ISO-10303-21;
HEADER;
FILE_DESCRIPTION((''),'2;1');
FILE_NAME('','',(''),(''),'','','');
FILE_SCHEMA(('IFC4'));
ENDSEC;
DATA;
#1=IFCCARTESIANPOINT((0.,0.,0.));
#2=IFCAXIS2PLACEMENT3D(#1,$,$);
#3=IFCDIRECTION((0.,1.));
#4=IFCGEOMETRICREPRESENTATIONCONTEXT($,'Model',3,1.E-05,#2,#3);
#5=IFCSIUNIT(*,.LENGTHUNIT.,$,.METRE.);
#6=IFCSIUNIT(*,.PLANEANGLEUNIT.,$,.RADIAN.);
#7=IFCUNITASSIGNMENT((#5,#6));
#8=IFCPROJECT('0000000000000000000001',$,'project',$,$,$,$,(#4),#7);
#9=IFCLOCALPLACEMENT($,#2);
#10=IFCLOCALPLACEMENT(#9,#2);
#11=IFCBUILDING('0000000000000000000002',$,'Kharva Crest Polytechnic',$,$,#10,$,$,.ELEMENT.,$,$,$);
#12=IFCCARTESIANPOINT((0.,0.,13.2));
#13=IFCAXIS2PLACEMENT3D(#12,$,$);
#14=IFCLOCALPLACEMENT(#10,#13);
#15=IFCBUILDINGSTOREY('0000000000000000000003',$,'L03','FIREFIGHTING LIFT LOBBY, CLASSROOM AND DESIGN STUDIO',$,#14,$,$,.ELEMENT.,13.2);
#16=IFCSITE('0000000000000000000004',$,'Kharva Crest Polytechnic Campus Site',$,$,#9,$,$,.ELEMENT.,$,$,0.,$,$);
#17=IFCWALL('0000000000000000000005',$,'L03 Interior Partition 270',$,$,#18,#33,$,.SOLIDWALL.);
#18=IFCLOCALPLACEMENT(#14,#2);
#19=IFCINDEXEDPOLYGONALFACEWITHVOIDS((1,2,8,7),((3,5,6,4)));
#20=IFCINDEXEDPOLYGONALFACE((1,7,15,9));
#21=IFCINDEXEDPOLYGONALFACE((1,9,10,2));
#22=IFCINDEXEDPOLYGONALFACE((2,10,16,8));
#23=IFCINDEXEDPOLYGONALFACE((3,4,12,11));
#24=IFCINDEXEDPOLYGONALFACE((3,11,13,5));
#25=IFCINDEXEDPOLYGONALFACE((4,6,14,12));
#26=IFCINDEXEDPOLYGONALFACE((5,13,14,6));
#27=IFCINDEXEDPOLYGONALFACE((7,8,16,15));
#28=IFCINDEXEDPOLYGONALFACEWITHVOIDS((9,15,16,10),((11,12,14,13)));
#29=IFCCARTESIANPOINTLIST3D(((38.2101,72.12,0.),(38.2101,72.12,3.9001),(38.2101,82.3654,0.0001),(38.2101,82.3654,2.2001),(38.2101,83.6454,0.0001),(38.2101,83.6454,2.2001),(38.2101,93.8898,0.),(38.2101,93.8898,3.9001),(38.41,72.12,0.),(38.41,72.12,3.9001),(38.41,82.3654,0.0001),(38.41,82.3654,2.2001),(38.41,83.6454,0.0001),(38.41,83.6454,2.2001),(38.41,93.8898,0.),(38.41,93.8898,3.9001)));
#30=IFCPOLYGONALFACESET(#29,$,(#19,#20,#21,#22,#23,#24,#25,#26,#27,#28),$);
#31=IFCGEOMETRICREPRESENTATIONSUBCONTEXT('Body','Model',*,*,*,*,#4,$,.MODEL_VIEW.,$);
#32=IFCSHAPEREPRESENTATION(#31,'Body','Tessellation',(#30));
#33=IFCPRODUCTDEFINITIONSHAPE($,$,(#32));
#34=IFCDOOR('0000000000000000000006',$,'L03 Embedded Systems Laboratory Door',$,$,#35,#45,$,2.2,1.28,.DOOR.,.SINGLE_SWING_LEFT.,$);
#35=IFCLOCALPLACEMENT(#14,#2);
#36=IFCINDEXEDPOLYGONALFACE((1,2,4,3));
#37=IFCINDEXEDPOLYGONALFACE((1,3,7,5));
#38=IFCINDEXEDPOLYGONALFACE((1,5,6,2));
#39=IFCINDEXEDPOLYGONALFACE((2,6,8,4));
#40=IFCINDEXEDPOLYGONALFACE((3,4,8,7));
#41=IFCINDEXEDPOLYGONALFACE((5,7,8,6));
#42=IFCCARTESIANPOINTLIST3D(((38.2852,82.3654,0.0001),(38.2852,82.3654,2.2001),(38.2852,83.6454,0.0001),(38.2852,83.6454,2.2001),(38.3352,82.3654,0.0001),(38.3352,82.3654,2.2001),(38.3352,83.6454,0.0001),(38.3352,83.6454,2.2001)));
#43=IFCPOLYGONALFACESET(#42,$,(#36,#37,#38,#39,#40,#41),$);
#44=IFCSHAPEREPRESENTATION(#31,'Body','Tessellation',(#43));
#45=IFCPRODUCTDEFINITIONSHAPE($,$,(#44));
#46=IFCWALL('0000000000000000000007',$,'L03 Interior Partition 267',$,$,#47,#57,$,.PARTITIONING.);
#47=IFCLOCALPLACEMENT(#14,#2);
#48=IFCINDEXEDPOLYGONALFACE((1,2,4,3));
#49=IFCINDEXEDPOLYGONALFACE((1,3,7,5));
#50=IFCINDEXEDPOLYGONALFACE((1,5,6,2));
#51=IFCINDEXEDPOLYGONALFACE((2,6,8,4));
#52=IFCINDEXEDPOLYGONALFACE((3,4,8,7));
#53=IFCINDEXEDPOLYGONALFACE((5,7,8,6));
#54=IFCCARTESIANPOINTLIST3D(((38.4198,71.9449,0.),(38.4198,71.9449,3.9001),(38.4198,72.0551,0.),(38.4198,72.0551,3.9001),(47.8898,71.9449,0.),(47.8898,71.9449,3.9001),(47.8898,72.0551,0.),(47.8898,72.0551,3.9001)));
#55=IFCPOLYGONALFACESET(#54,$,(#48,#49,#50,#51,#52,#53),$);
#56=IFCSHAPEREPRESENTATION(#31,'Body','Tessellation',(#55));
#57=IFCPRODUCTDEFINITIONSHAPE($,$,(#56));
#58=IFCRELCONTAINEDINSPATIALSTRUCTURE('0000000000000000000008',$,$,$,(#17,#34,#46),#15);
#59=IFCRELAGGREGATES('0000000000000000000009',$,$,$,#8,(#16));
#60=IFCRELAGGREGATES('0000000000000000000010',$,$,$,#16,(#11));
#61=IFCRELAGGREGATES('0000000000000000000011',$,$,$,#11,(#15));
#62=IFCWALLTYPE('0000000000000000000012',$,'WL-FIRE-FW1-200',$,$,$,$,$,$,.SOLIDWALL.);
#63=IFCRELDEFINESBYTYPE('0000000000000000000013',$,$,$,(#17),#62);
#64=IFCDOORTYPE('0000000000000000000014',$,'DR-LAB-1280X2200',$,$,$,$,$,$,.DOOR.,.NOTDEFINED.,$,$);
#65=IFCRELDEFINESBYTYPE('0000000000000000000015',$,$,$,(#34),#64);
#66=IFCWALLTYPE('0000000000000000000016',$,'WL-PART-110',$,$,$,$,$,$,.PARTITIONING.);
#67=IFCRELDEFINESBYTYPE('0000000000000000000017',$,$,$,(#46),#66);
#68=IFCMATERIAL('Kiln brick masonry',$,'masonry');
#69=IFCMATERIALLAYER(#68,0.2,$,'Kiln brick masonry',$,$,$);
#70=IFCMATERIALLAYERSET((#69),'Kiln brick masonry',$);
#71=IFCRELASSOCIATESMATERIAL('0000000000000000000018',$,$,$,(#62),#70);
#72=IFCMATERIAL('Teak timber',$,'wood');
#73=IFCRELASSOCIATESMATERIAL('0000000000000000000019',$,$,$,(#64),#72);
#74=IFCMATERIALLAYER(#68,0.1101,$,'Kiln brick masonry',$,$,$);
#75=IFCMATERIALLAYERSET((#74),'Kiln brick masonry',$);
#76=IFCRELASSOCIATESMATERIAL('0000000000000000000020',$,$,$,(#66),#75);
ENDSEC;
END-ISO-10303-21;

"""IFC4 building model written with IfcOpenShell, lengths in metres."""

from ifc_helpers import new_model, si_unit, direction, frame, frame_2d, origin, place, context, subcontext, project, spatial, rectangle, extrude, material, layer, layer_set, type_object, element, fill, save


model = new_model("IFC4")

# Units and contexts
model_context = context("Model", 3, precision=1e-05, world=origin(), true_north=direction((0.0, 1.0)))
body_context = subcontext(model_context, "Body", "Model", "MODEL_VIEW")
ifc_project = project(units=[si_unit("LENGTHUNIT", "METRE"), si_unit("PLANEANGLEUNIT", "RADIAN")], contexts=[model_context])

# Site, building, storey
site_placement = place(None, origin())
site = spatial("IfcSite", under=ifc_project, at=site_placement, Name="Kharva Crest Polytechnic Campus Site", CompositionType="ELEMENT", RefElevation=0.0)
building_placement = place(site_placement, origin())
building = spatial("IfcBuilding", under=site, at=building_placement, Name="Kharva Crest Polytechnic", CompositionType="ELEMENT")
storey_placement = place(building_placement, frame((0.0, 0.0, 13.2)))
storey = spatial("IfcBuildingStorey", under=building, at=storey_placement, Name="L03", Description="FIREFIGHTING LIFT LOBBY, CLASSROOM AND DESIGN STUDIO", CompositionType="ELEMENT", Elevation=13.2)

# Wall, opening, door
ifc_material_1 = material(Name="Kiln brick masonry", Category="masonry")
ifc_layer_1 = layer(ifc_material_1, 0.2, Name="Kiln brick masonry")
ifc_layer_set_1 = layer_set([ifc_layer_1], Name="Kiln brick masonry")
wall_type_1 = type_object("IfcWallType", Name="WL-FIRE-FW1-200", PredefinedType="SOLIDWALL", material=ifc_layer_set_1)
wall_1_placement = place(storey_placement, frame((38.3101, 72.1201, 0.0), z_axis=(0.0, 0.0, 1.0), x_axis=(0.0, 1.0, 0.0)))
wall_1 = element("IfcWall", 1, at=wall_1_placement, inside=storey, type_object=wall_type_1, Name="L03 Interior Partition 270", PredefinedType="SOLIDWALL", context=body_context, shape_type="SweptSolid", body=[
    extrude(rectangle(XDim=21.7698, YDim=0.2, at=frame_2d((10.8848, 0.0))), origin(), (0.0, 0.0, 1.0), 3.9001),
])
opening_placement = place(wall_1_placement, frame((10.2451, 0.0, 0.0)))
opening = element("IfcOpeningElement", 2, at=opening_placement, cuts=wall_1, PredefinedType="OPENING", context=body_context, shape_type="SweptSolid", body=[
    extrude(rectangle(XDim=1.28, YDim=2.2, at=frame_2d((0.6401, 1.1001))), frame((0.0, 0.1099, 0.0), z_axis=(0.0, -1.0, 0.0), x_axis=(1.0, 0.0, 0.0)), (0.0, 0.0, 1.0), 0.22),
])
ifc_material_2 = material(Name="Teak timber", Category="wood")
door_type = type_object("IfcDoorType", Name="DR-LAB-1280X2200", OperationType="NOTDEFINED", PredefinedType="DOOR", material=ifc_material_2)
door_placement = place(opening_placement, origin())
door = element("IfcDoor", 3, at=door_placement, inside=storey, type_object=door_type, Name="L03 Embedded Systems Laboratory Door", OperationType="SINGLE_SWING_LEFT", OverallHeight=2.2, OverallWidth=1.28, PredefinedType="DOOR", context=body_context, shape_type="SweptSolid", body=[
    extrude(rectangle(XDim=1.28, YDim=2.2, at=frame_2d((0.6401, 1.1001))), frame((0.0, 0.0249, 0.0), z_axis=(0.0, -1.0, 0.0), x_axis=(1.0, 0.0, 0.0)), (0.0, 0.0, 1.0), 0.05),
])
fill(opening, door)

# Wall
ifc_layer_2 = layer(ifc_material_1, 0.1101, Name="Kiln brick masonry")
ifc_layer_set_2 = layer_set([ifc_layer_2], Name="Kiln brick masonry")
wall_type_2 = type_object("IfcWallType", Name="WL-PART-110", PredefinedType="PARTITIONING", material=ifc_layer_set_2)
wall_2_placement = place(storey_placement, frame((38.4199, 72.0, 0.0), z_axis=(0.0, 0.0, 1.0), x_axis=(1.0, 0.0, 0.0)))
element("IfcWall", 4, at=wall_2_placement, inside=storey, type_object=wall_type_2, Name="L03 Interior Partition 267", PredefinedType="PARTITIONING", context=body_context, shape_type="SweptSolid", body=[
    extrude(rectangle(XDim=9.47, YDim=0.1101, at=frame_2d((4.7349, 0.0))), origin(), (0.0, 0.0, 1.0), 3.9001),
])

save(model, "model.ifc")
